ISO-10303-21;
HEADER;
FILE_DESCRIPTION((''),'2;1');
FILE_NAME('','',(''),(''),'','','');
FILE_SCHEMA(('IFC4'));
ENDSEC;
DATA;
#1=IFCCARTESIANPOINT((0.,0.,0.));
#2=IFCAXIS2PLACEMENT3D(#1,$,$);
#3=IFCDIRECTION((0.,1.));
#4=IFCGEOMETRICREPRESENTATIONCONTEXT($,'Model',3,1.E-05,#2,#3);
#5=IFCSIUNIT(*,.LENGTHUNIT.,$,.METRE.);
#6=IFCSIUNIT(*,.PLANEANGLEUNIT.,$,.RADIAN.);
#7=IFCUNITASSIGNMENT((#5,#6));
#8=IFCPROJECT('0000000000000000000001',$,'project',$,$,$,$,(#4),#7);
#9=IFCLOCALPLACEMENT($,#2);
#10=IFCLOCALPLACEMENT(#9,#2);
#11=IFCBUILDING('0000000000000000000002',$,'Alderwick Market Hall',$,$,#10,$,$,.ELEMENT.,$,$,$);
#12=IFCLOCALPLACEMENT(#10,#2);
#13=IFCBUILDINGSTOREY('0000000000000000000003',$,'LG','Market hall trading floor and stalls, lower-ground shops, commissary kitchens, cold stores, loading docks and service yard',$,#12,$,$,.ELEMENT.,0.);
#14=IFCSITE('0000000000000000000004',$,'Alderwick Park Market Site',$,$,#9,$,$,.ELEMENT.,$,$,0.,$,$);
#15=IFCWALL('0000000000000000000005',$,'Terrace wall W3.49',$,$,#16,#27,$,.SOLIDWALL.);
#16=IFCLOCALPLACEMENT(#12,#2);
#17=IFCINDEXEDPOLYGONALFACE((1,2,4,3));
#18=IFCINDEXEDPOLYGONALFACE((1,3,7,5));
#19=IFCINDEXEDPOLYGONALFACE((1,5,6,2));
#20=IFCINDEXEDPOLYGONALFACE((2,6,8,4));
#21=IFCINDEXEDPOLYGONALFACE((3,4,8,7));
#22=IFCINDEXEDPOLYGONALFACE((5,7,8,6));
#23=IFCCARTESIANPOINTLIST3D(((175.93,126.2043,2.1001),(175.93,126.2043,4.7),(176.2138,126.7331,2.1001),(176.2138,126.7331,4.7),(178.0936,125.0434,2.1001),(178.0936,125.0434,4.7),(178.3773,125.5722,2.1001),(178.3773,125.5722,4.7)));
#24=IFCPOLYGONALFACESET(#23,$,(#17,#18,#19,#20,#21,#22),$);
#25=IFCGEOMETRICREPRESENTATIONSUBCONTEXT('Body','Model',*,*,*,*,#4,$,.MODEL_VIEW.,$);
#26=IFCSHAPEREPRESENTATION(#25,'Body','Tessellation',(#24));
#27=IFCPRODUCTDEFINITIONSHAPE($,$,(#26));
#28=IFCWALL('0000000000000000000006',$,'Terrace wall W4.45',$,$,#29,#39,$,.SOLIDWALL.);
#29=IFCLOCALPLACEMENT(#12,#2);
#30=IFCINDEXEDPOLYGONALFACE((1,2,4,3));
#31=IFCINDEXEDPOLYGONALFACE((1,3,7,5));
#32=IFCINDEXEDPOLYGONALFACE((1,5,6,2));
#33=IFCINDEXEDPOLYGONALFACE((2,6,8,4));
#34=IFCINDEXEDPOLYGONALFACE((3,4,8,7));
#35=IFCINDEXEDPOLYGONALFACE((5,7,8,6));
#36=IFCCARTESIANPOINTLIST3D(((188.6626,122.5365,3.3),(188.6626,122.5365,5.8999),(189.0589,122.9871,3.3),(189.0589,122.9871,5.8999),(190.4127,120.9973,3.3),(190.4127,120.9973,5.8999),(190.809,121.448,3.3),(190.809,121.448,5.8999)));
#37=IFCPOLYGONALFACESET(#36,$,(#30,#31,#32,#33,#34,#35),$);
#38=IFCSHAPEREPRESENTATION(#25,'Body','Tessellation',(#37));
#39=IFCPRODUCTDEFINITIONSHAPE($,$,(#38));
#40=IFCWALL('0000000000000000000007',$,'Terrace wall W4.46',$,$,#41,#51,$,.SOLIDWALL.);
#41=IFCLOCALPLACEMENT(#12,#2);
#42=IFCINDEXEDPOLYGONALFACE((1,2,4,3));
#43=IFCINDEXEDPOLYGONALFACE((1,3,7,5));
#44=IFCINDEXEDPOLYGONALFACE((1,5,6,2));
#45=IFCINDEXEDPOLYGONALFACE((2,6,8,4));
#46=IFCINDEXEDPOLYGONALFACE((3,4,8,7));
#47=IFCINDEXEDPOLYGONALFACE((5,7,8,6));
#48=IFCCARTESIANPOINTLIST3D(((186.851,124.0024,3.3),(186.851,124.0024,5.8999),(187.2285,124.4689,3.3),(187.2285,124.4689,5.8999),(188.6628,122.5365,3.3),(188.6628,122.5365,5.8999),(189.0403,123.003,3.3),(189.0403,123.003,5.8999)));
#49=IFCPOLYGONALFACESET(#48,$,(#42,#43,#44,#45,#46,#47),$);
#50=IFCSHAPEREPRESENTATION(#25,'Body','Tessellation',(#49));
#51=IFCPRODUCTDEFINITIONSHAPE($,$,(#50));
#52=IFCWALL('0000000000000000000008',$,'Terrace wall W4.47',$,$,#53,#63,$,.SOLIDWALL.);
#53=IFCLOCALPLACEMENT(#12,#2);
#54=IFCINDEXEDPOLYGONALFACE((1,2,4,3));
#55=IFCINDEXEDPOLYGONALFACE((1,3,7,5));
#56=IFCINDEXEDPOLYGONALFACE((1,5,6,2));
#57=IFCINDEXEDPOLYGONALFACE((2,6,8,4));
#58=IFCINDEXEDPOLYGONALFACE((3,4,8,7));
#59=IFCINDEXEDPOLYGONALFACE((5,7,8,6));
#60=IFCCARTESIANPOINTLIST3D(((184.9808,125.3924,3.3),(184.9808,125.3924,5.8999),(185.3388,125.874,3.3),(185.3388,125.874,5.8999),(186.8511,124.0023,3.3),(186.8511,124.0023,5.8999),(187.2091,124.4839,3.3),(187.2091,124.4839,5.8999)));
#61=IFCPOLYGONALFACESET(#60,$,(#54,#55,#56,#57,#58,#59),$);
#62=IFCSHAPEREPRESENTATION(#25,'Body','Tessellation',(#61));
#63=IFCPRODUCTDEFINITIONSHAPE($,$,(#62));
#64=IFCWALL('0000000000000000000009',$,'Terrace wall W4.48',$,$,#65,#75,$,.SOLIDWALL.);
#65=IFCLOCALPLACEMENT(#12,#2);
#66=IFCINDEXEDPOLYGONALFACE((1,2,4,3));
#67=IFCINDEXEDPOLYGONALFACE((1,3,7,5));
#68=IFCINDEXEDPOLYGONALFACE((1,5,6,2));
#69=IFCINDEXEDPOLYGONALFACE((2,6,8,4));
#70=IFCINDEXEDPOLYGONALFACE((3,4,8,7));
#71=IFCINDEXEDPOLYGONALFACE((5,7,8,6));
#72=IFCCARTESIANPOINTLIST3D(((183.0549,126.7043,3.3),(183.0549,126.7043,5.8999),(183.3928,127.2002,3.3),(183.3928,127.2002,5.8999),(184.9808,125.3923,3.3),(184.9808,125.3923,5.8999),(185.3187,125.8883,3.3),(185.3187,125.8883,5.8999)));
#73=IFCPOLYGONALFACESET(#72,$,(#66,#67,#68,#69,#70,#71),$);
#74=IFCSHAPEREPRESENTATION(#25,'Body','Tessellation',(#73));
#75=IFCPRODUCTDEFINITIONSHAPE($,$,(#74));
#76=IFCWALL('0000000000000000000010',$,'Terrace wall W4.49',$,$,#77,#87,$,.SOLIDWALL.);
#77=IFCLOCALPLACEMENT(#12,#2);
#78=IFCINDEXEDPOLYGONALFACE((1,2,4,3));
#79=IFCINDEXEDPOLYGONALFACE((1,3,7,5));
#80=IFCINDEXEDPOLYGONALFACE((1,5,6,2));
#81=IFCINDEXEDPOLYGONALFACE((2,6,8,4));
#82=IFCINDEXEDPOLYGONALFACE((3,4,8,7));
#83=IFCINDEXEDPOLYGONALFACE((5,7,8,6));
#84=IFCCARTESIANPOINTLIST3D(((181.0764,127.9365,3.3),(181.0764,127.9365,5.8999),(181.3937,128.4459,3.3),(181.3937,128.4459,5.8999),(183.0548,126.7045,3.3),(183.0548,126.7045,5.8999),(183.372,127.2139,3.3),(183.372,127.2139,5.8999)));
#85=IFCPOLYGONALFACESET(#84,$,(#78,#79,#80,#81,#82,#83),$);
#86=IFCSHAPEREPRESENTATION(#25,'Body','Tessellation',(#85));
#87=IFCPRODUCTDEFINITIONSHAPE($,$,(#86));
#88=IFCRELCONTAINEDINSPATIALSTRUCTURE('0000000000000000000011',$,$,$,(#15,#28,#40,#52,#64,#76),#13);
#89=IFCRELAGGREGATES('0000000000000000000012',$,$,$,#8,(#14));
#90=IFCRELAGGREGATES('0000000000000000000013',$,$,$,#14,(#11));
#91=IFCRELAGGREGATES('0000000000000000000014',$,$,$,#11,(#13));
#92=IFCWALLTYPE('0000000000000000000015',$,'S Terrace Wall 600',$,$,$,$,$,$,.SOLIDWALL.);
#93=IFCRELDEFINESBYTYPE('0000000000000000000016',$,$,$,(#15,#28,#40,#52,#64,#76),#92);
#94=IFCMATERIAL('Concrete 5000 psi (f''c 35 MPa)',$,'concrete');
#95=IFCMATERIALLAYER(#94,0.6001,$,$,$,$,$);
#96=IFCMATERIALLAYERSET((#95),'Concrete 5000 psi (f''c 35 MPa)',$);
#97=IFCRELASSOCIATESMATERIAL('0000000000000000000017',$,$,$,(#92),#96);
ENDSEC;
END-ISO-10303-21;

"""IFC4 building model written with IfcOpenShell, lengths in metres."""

from ifc_helpers import new_model, si_unit, direction, frame, frame_2d, origin, place, context, subcontext, project, spatial, rectangle, extrude, material, layer, layer_set, type_object, element, save


model = new_model("IFC4")

# Units and contexts
model_context = context("Model", 3, precision=1e-05, world=origin(), true_north=direction((0.0, 1.0)))
body_context = subcontext(model_context, "Body", "Model", "MODEL_VIEW")
ifc_project = project(units=[si_unit("LENGTHUNIT", "METRE"), si_unit("PLANEANGLEUNIT", "RADIAN")], contexts=[model_context])

# Site, building, storey
site_placement = place(None, origin())
site = spatial("IfcSite", under=ifc_project, at=site_placement, Name="Alderwick Park Market Site", CompositionType="ELEMENT", RefElevation=0.0)
building_placement = place(site_placement, origin())
building = spatial("IfcBuilding", under=site, at=building_placement, Name="Alderwick Market Hall", CompositionType="ELEMENT")
storey_placement = place(building_placement, origin())
storey = spatial("IfcBuildingStorey", under=building, at=storey_placement, Name="LG", Description="Market hall trading floor and stalls, lower-ground shops, commissary kitchens, cold stores, loading docks and service yard", CompositionType="ELEMENT", Elevation=0.0)

# Shared definitions
ifc_material_1 = material(Name="Concrete 5000 psi (f'c 35 MPa)", Category="concrete")

# Walls
ifc_layer_1 = layer(ifc_material_1, 0.6001)
ifc_layer_set_1 = layer_set([ifc_layer_1], Name="Concrete 5000 psi (f'c 35 MPa)")
wall_type_1 = type_object("IfcWallType", Name="S Terrace Wall 600", PredefinedType="SOLIDWALL", material=ifc_layer_set_1)
for number, where, z_axis, x_axis, name in (
    (1, (178.2354, 125.3079, 2.1001), (0.0, 0.0, 1.0), (-0.881169, 0.472801, 0.0), "Terrace wall W3.49"),
):
    element("IfcWall", number, at=place(storey_placement, frame(where, z_axis=z_axis, x_axis=x_axis)), inside=storey, type_object=wall_type_1, Name=name, PredefinedType="SOLIDWALL", context=body_context, shape_type="SweptSolid", body=[
        extrude(rectangle(XDim=2.4553, YDim=0.6001, at=frame_2d((1.2275, 0.0))), origin(), (0.0, 0.0, 1.0), 2.5999),
    ])
for number, where, z_axis, x_axis, name in (
    (2, (190.6108, 121.2227, 3.3), (0.0, 0.0, 1.0), (-0.750913, 0.660401, 0.0), "Terrace wall W4.45"),
    (3, (188.8516, 122.7698, 3.3), (0.0, 0.0, 1.0), (-0.777423, 0.628978, 0.0), "Terrace wall W4.46"),
):
    element("IfcWall", number, at=place(storey_placement, frame(where, z_axis=z_axis, x_axis=x_axis)), inside=storey, type_object=wall_type_1, Name=name, PredefinedType="SOLIDWALL", context=body_context, shape_type="SweptSolid", body=[
        extrude(rectangle(XDim=2.3306, YDim=0.6001, at=frame_2d((1.1653, 0.0))), origin(), (0.0, 0.0, 1.0), 2.5999),
    ])
for number, where, z_axis, x_axis, name in (
    (4, (187.03, 124.2432, 3.3), (0.0, 0.0, 1.0), (-0.802595, 0.596525, 0.0), "Terrace wall W4.47"),
    (5, (185.1497, 125.6404, 3.3), (0.0, 0.0, 1.0), (-0.826464, 0.562989, 0.0), "Terrace wall W4.48"),
):
    element("IfcWall", number, at=place(storey_placement, frame(where, z_axis=z_axis, x_axis=x_axis)), inside=storey, type_object=wall_type_1, Name=name, PredefinedType="SOLIDWALL", context=body_context, shape_type="SweptSolid", body=[
        extrude(rectangle(XDim=2.3303, YDim=0.6001, at=frame_2d((1.165, 0.0))), origin(), (0.0, 0.0, 1.0), 2.5999),
    ])
wall_placement = place(storey_placement, frame((183.2134, 126.9592, 3.3), z_axis=(0.0, 0.0, 1.0), x_axis=(-0.848862, 0.528614, 0.0)))
element("IfcWall", 6, at=wall_placement, inside=storey, type_object=wall_type_1, Name="Terrace wall W4.49", PredefinedType="SOLIDWALL", context=body_context, shape_type="SweptSolid", body=[
    extrude(rectangle(XDim=2.3306, YDim=0.6001, at=frame_2d((1.1653, 0.0))), origin(), (0.0, 0.0, 1.0), 2.5999),
])

save(model, "model.ifc")
